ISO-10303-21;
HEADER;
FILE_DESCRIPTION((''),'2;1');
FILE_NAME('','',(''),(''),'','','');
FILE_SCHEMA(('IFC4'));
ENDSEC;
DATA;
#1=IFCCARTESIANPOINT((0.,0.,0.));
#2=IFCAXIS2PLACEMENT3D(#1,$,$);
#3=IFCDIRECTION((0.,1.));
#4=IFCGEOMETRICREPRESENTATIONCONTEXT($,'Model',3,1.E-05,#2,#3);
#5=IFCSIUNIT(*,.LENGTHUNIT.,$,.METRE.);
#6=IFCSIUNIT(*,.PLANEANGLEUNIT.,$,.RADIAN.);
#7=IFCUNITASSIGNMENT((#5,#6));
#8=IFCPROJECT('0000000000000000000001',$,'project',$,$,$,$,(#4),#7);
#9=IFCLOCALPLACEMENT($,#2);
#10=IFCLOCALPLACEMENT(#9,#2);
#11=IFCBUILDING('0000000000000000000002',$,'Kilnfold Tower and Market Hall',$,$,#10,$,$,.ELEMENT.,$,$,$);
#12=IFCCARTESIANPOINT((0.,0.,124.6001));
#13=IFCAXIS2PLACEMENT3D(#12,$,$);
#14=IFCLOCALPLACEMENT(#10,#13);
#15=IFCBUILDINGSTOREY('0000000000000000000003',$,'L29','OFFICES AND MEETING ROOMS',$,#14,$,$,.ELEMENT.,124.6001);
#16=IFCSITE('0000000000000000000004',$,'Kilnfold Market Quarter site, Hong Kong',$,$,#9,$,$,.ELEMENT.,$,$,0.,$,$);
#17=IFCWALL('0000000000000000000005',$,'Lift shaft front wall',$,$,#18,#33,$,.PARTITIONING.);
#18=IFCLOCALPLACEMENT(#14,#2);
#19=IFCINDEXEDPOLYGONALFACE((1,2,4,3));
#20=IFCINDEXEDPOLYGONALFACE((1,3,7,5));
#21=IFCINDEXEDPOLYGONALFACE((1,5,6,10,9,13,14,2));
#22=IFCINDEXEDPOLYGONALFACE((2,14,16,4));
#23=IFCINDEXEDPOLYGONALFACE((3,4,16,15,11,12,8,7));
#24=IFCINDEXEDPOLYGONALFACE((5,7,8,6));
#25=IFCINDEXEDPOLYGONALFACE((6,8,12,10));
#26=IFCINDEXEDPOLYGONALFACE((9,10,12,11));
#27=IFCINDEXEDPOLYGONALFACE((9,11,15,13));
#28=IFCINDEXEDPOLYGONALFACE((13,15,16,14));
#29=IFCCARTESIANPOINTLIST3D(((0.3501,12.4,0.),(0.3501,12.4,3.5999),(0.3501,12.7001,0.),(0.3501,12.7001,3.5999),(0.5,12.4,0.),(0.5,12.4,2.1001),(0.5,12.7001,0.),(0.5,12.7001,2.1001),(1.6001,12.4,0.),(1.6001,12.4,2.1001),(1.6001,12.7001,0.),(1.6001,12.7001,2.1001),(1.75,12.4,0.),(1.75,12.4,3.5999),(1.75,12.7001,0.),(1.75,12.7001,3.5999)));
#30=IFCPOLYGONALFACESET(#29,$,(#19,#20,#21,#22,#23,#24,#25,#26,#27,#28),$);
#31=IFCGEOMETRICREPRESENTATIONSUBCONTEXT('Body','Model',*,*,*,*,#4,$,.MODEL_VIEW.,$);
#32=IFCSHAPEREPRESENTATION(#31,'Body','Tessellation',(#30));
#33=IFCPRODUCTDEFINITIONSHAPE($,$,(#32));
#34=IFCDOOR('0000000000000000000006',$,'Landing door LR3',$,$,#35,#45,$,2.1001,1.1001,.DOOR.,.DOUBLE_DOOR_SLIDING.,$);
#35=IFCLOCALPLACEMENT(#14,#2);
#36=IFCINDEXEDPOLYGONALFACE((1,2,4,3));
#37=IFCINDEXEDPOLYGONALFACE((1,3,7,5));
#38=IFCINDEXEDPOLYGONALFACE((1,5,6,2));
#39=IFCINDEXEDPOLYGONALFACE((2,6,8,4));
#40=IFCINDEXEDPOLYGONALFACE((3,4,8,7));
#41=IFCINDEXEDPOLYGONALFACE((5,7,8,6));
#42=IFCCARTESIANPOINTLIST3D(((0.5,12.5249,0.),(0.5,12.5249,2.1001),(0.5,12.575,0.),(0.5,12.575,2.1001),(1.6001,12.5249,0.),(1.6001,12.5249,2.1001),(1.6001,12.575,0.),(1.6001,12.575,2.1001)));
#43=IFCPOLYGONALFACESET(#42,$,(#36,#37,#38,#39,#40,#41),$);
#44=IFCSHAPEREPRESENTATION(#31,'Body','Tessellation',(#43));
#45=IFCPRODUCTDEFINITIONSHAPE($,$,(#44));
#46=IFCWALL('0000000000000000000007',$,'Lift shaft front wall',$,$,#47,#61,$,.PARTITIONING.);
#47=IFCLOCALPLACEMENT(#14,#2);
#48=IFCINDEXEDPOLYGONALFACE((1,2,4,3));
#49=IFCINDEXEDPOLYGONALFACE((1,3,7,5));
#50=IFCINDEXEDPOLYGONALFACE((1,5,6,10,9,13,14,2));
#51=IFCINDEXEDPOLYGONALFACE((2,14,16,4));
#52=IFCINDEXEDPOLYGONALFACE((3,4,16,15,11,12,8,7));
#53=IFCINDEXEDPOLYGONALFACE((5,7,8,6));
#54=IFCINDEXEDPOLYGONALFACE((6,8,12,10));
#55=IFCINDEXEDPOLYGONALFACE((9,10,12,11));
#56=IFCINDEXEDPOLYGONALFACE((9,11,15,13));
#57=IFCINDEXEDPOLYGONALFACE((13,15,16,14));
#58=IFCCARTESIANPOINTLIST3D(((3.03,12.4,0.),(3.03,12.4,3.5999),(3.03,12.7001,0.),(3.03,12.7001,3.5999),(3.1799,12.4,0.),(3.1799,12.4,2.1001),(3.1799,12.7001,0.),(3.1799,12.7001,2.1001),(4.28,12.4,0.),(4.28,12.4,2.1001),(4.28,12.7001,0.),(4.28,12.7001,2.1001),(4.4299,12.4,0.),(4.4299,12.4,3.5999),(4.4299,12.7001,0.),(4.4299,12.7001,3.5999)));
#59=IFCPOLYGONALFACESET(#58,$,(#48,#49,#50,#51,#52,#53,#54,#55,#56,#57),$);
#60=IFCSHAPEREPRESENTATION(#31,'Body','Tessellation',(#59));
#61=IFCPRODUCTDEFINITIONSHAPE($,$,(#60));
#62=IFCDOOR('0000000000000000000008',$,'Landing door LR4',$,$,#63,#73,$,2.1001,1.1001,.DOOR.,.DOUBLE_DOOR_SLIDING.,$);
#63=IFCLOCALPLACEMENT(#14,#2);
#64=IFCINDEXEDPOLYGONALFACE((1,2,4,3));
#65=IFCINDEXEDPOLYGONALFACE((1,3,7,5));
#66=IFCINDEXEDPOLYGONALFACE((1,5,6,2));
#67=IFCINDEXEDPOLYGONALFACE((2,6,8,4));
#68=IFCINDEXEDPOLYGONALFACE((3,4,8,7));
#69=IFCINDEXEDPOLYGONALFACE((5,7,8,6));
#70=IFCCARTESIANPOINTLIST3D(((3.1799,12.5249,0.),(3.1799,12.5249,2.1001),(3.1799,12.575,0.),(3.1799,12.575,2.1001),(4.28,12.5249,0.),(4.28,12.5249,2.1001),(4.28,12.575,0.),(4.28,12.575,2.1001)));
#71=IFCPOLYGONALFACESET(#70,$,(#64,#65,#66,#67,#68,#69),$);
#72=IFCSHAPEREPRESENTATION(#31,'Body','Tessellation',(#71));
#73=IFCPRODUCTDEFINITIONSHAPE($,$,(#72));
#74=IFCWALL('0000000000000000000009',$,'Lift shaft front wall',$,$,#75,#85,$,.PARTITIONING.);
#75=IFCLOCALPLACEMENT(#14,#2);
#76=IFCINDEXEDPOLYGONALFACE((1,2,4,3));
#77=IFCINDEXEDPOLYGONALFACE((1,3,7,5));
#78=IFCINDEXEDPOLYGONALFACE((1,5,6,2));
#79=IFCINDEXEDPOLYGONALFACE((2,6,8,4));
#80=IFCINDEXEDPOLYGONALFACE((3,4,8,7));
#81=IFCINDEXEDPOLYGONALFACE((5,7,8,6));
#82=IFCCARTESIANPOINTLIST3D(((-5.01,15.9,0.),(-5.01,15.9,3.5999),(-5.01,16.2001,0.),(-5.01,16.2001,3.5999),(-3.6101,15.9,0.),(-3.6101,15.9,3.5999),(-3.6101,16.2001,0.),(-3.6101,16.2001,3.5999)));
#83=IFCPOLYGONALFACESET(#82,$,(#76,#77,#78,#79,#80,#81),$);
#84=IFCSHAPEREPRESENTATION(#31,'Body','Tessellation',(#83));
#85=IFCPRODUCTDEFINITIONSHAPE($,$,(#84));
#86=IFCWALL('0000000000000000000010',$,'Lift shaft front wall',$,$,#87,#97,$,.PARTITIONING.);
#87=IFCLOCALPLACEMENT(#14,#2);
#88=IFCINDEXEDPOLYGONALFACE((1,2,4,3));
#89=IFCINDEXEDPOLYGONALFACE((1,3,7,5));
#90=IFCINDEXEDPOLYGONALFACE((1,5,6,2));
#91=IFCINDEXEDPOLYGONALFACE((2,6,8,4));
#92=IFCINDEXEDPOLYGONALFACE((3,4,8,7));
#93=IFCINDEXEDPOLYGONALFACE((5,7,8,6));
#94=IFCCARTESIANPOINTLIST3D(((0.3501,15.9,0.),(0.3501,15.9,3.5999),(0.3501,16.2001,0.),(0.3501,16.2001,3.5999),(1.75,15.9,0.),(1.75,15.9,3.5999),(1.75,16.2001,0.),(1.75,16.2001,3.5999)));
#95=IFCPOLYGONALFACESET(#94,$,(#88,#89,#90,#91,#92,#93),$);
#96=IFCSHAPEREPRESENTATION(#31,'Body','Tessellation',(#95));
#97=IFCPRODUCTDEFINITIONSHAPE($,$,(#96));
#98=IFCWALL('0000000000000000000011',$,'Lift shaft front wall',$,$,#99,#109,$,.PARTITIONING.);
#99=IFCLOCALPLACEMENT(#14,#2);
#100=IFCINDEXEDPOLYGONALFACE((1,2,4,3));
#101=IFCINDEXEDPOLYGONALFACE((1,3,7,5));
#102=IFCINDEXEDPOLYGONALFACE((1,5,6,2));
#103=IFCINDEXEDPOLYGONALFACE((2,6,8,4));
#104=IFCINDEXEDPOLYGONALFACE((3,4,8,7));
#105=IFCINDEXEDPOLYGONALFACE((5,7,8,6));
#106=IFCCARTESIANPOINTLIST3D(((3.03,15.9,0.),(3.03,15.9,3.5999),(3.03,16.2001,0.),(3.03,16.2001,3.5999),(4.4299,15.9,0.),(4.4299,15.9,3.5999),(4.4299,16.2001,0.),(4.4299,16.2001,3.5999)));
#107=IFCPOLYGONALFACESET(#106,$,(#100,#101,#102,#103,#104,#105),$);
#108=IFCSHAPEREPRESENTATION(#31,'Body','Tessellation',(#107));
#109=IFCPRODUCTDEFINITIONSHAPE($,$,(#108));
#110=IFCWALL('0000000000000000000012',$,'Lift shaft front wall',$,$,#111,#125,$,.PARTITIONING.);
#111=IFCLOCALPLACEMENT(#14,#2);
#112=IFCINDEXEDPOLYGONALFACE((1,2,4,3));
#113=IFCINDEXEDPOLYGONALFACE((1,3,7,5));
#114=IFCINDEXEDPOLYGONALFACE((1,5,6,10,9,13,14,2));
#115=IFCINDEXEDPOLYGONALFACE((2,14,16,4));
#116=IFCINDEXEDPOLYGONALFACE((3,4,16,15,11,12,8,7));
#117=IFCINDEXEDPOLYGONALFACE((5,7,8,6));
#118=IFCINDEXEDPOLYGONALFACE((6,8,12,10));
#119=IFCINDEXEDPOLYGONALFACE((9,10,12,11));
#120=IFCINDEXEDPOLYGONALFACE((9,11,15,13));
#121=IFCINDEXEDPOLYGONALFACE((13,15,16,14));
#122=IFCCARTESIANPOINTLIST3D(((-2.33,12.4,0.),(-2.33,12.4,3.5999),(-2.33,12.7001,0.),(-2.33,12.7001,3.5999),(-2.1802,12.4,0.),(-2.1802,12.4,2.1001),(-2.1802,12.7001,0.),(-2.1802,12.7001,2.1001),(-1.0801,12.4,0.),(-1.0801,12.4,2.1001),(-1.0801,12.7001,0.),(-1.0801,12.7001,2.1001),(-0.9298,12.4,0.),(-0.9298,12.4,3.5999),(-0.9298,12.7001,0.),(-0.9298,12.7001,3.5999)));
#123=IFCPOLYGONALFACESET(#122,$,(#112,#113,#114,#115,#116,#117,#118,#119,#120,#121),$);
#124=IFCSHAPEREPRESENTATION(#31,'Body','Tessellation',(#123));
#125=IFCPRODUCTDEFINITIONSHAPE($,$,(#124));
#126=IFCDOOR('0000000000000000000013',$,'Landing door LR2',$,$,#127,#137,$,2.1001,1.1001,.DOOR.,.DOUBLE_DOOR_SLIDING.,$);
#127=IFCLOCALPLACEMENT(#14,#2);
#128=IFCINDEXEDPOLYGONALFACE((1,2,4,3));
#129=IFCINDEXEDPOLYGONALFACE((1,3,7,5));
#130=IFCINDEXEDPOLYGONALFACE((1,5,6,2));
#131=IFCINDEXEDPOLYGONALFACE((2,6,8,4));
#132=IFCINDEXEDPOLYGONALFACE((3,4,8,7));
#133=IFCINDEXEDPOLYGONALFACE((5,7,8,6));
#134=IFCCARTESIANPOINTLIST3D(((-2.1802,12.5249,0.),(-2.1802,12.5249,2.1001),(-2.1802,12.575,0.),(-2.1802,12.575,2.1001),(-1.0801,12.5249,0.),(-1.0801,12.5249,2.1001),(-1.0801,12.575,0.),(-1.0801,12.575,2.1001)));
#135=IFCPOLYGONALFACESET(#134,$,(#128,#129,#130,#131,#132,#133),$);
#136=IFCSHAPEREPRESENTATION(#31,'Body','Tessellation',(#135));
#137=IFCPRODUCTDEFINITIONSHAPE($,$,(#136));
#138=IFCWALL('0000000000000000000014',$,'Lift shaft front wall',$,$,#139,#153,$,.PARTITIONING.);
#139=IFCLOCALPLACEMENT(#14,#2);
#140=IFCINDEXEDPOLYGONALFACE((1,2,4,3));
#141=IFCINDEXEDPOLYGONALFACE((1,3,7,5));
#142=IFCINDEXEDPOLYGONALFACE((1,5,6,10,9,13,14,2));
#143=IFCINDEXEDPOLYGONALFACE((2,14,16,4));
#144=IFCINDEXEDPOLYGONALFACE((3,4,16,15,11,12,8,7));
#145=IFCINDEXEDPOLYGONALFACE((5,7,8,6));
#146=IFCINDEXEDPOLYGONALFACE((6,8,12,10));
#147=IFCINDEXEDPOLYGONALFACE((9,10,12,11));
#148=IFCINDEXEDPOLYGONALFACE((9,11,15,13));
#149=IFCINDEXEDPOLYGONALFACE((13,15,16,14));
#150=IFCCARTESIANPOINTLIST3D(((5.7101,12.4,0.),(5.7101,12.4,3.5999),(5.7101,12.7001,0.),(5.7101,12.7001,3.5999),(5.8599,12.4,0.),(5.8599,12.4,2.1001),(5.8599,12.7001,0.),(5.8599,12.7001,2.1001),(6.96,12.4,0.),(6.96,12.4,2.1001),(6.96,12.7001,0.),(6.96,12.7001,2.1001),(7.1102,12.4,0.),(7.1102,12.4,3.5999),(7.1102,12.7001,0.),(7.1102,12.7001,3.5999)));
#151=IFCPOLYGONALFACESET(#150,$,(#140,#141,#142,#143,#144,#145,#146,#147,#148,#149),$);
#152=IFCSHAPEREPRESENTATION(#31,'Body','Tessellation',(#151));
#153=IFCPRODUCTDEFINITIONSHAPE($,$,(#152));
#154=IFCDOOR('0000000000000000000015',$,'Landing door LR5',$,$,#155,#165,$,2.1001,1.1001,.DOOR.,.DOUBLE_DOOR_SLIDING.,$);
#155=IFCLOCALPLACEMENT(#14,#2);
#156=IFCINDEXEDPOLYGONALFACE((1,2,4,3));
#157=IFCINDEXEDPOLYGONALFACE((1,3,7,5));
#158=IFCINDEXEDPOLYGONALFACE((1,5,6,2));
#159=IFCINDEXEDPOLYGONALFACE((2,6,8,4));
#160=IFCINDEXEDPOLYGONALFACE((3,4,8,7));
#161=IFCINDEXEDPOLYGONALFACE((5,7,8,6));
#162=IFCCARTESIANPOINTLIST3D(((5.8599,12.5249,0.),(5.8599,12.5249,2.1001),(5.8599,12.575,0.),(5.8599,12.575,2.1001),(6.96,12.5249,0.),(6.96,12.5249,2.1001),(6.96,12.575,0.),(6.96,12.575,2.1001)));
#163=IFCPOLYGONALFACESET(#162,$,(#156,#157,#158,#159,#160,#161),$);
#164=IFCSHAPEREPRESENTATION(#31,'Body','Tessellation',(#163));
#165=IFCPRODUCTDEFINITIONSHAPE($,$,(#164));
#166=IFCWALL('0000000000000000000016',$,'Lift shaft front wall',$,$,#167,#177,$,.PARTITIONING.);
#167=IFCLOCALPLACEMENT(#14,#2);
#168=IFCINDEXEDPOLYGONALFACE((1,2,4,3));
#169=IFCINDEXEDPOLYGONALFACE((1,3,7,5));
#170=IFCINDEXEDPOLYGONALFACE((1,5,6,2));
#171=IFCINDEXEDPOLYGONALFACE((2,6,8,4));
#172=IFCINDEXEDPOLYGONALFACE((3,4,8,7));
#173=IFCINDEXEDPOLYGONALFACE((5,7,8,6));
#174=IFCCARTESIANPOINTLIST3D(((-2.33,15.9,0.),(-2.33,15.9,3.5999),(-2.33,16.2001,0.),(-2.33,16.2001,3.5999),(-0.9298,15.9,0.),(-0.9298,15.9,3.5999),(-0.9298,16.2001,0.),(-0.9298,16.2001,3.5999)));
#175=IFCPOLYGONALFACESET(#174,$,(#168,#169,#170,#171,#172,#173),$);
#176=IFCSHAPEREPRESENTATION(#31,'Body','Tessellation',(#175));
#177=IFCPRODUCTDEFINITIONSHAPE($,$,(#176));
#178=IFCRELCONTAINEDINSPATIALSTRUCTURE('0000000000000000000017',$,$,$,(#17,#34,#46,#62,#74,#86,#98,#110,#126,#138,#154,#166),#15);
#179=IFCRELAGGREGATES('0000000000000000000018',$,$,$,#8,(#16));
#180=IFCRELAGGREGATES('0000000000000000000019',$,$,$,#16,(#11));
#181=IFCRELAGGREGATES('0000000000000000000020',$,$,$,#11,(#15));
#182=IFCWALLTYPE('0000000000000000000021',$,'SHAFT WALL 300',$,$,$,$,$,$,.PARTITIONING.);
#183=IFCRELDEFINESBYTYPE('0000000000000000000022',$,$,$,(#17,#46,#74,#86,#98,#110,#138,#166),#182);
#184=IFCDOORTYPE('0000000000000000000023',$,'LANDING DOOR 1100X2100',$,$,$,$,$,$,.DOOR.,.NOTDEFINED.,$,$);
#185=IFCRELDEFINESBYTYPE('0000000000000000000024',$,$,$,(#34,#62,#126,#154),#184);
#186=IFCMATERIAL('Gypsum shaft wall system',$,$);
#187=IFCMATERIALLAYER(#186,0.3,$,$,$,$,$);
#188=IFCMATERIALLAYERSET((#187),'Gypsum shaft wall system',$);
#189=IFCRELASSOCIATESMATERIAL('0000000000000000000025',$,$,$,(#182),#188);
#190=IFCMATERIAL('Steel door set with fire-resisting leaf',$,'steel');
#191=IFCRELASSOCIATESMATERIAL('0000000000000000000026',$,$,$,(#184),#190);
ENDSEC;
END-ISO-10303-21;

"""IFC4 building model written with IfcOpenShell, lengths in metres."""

from ifc_helpers import new_model, si_unit, direction, frame, frame_2d, origin, place, context, subcontext, project, spatial, rectangle, extrude, source, transform, mapped, material, layer, layer_set, type_object, element, fill, save


model = new_model("IFC4")

# Units and contexts
model_context = context("Model", 3, precision=1e-05, world=origin(), true_north=direction((0.0, 1.0)))
body_context = subcontext(model_context, "Body", "Model", "MODEL_VIEW")
ifc_project = project(units=[si_unit("LENGTHUNIT", "METRE"), si_unit("PLANEANGLEUNIT", "RADIAN")], contexts=[model_context])

# Site, building, storey
site_placement = place(None, origin())
site = spatial("IfcSite", under=ifc_project, at=site_placement, Name="Kilnfold Market Quarter site, Hong Kong", CompositionType="ELEMENT", RefElevation=0.0)
building_placement = place(site_placement, origin())
building = spatial("IfcBuilding", under=site, at=building_placement, Name="Kilnfold Tower and Market Hall", CompositionType="ELEMENT")
storey_placement = place(building_placement, frame((0.0, 0.0, 124.6001)))
storey = spatial("IfcBuildingStorey", under=building, at=storey_placement, Name="L29", Description="OFFICES AND MEETING ROOMS", CompositionType="ELEMENT", Elevation=124.6001)

# Walls, openings, doors
ifc_material_1 = material(Name="Gypsum shaft wall system")
ifc_layer_1 = layer(ifc_material_1, 0.3)
ifc_layer_set_1 = layer_set([ifc_layer_1], Name="Gypsum shaft wall system")
wall_type_1 = type_object("IfcWallType", Name="SHAFT WALL 300", PredefinedType="PARTITIONING", material=ifc_layer_set_1)
shared_shape_1 = source(origin(), body_context, "Body", "SweptSolid", [
    extrude(rectangle(XDim=1.3999, YDim=0.3, at=frame_2d((0.7, 0.0))), origin(), (0.0, 0.0, 1.0), 3.5999),
])
ifc_material_2 = material(Name="Steel door set with fire-resisting leaf", Category="steel")
door_type_1 = type_object("IfcDoorType", Name="LANDING DOOR 1100X2100", OperationType="NOTDEFINED", PredefinedType="DOOR", material=ifc_material_2)
wall_1_placement = place(storey_placement, frame((0.3501, 12.55, 0.0), z_axis=(0.0, 0.0, 1.0), x_axis=(1.0, 0.0, 0.0)))
wall_1 = element("IfcWall", 1, at=wall_1_placement, inside=storey, type_object=wall_type_1, Name="Lift shaft front wall", PredefinedType="PARTITIONING", context=body_context, shape_type="MappedRepresentation", body=[
    mapped(shared_shape_1, transform((0.0, 0.0, 0.0))),
])
opening_1_placement = place(wall_1_placement, frame((0.1499, 0.0, 0.0)))
opening_1 = element("IfcOpeningElement", 2, at=opening_1_placement, cuts=wall_1, PredefinedType="OPENING", context=body_context, shape_type="SweptSolid", body=[
    extrude(rectangle(XDim=1.1001, YDim=2.1001, at=frame_2d((0.55, 1.05))), frame((0.0, 0.1602, 0.0), z_axis=(0.0, -1.0, 0.0), x_axis=(1.0, 0.0, 0.0)), (0.0, 0.0, 1.0), 0.3201),
])
door_1_placement = place(opening_1_placement, origin())
door_1 = element("IfcDoor", 3, at=door_1_placement, inside=storey, type_object=door_type_1, Name="Landing door LR3", OperationType="DOUBLE_DOOR_SLIDING", OverallHeight=2.1001, OverallWidth=1.1001, PredefinedType="DOOR", context=body_context, shape_type="SweptSolid", body=[
    extrude(rectangle(XDim=1.1001, YDim=2.1001, at=frame_2d((0.55, 1.05))), frame((0.0, 0.0249, 0.0), z_axis=(0.0, -1.0, 0.0), x_axis=(1.0, 0.0, 0.0)), (0.0, 0.0, 1.0), 0.05),
])
fill(opening_1, door_1)
wall_2_placement = place(storey_placement, frame((3.03, 12.55, 0.0), z_axis=(0.0, 0.0, 1.0), x_axis=(1.0, 0.0, 0.0)))
wall_2 = element("IfcWall", 4, at=wall_2_placement, inside=storey, type_object=wall_type_1, Name="Lift shaft front wall", PredefinedType="PARTITIONING", context=body_context, shape_type="MappedRepresentation", body=[
    mapped(shared_shape_1, transform((0.0, 0.0, 0.0))),
])
opening_2_placement = place(wall_2_placement, frame((0.1499, 0.0, 0.0)))
opening_2 = element("IfcOpeningElement", 5, at=opening_2_placement, cuts=wall_2, PredefinedType="OPENING", context=body_context, shape_type="SweptSolid", body=[
    extrude(rectangle(XDim=1.1001, YDim=2.1001, at=frame_2d((0.55, 1.05))), frame((0.0, 0.1602, 0.0), z_axis=(0.0, -1.0, 0.0), x_axis=(1.0, 0.0, 0.0)), (0.0, 0.0, 1.0), 0.3201),
])
door_2_placement = place(opening_2_placement, origin())
door_2 = element("IfcDoor", 6, at=door_2_placement, inside=storey, type_object=door_type_1, Name="Landing door LR4", OperationType="DOUBLE_DOOR_SLIDING", OverallHeight=2.1001, OverallWidth=1.1001, PredefinedType="DOOR", context=body_context, shape_type="SweptSolid", body=[
    extrude(rectangle(XDim=1.1001, YDim=2.1001, at=frame_2d((0.55, 1.05))), frame((0.0, 0.0249, 0.0), z_axis=(0.0, -1.0, 0.0), x_axis=(1.0, 0.0, 0.0)), (0.0, 0.0, 1.0), 0.05),
])
fill(opening_2, door_2)

# Walls
for number, where, z_axis, x_axis, name in (
    (7, (-5.01, 16.05, 0.0), (0.0, 0.0, 1.0), (1.0, 0.0, 0.0), "Lift shaft front wall"),
    (8, (0.3501, 16.05, 0.0), (0.0, 0.0, 1.0), (1.0, 0.0, 0.0), "Lift shaft front wall"),
    (9, (3.03, 16.05, 0.0), (0.0, 0.0, 1.0), (1.0, 0.0, 0.0), "Lift shaft front wall"),
):
    element("IfcWall", number, at=place(storey_placement, frame(where, z_axis=z_axis, x_axis=x_axis)), inside=storey, type_object=wall_type_1, Name=name, PredefinedType="PARTITIONING", context=body_context, shape_type="MappedRepresentation", body=[
        mapped(shared_shape_1, transform((0.0, 0.0, 0.0))),
    ])

# Walls, openings, doors
shared_shape_2 = source(origin(), body_context, "Body", "SweptSolid", [
    extrude(rectangle(XDim=1.4001, YDim=0.3, at=frame_2d((0.7002, 0.0))), origin(), (0.0, 0.0, 1.0), 3.5999),
])
wall_3_placement = place(storey_placement, frame((-2.3301, 12.55, 0.0), z_axis=(0.0, 0.0, 1.0), x_axis=(1.0, 0.0, 0.0)))
wall_3 = element("IfcWall", 10, at=wall_3_placement, inside=storey, type_object=wall_type_1, Name="Lift shaft front wall", PredefinedType="PARTITIONING", context=body_context, shape_type="MappedRepresentation", body=[
    mapped(shared_shape_2, transform((0.0, 0.0, 0.0))),
])
opening_3_placement = place(wall_3_placement, frame((0.1499, 0.0, 0.0)))
opening_3 = element("IfcOpeningElement", 11, at=opening_3_placement, cuts=wall_3, PredefinedType="OPENING", context=body_context, shape_type="SweptSolid", body=[
    extrude(rectangle(XDim=1.1001, YDim=2.1001, at=frame_2d((0.55, 1.05))), frame((0.0, 0.1602, 0.0), z_axis=(0.0, -1.0, 0.0), x_axis=(1.0, 0.0, 0.0)), (0.0, 0.0, 1.0), 0.3201),
])
door_3_placement = place(opening_3_placement, origin())
door_3 = element("IfcDoor", 12, at=door_3_placement, inside=storey, type_object=door_type_1, Name="Landing door LR2", OperationType="DOUBLE_DOOR_SLIDING", OverallHeight=2.1001, OverallWidth=1.1001, PredefinedType="DOOR", context=body_context, shape_type="SweptSolid", body=[
    extrude(rectangle(XDim=1.1001, YDim=2.1001, at=frame_2d((0.55, 1.05))), frame((0.0, 0.0249, 0.0), z_axis=(0.0, -1.0, 0.0), x_axis=(1.0, 0.0, 0.0)), (0.0, 0.0, 1.0), 0.05),
])
fill(opening_3, door_3)
wall_4_placement = place(storey_placement, frame((5.71, 12.55, 0.0), z_axis=(0.0, 0.0, 1.0), x_axis=(1.0, 0.0, 0.0)))
wall_4 = element("IfcWall", 13, at=wall_4_placement, inside=storey, type_object=wall_type_1, Name="Lift shaft front wall", PredefinedType="PARTITIONING", context=body_context, shape_type="MappedRepresentation", body=[
    mapped(shared_shape_2, transform((0.0, 0.0, 0.0))),
])
opening_4_placement = place(wall_4_placement, frame((0.1499, 0.0, 0.0)))
opening_4 = element("IfcOpeningElement", 14, at=opening_4_placement, cuts=wall_4, PredefinedType="OPENING", context=body_context, shape_type="SweptSolid", body=[
    extrude(rectangle(XDim=1.1001, YDim=2.1001, at=frame_2d((0.55, 1.05))), frame((0.0, 0.1602, 0.0), z_axis=(0.0, -1.0, 0.0), x_axis=(1.0, 0.0, 0.0)), (0.0, 0.0, 1.0), 0.3201),
])
door_4_placement = place(opening_4_placement, origin())
door_4 = element("IfcDoor", 15, at=door_4_placement, inside=storey, type_object=door_type_1, Name="Landing door LR5", OperationType="DOUBLE_DOOR_SLIDING", OverallHeight=2.1001, OverallWidth=1.1001, PredefinedType="DOOR", context=body_context, shape_type="SweptSolid", body=[
    extrude(rectangle(XDim=1.1001, YDim=2.1001, at=frame_2d((0.55, 1.05))), frame((0.0, 0.0249, 0.0), z_axis=(0.0, -1.0, 0.0), x_axis=(1.0, 0.0, 0.0)), (0.0, 0.0, 1.0), 0.05),
])
fill(opening_4, door_4)

# Wall
wall_5_placement = place(storey_placement, frame((-2.3301, 16.05, 0.0), z_axis=(0.0, 0.0, 1.0), x_axis=(1.0, 0.0, 0.0)))
element("IfcWall", 16, at=wall_5_placement, inside=storey, type_object=wall_type_1, Name="Lift shaft front wall", PredefinedType="PARTITIONING", context=body_context, shape_type="MappedRepresentation", body=[
    mapped(shared_shape_2, transform((0.0, 0.0, 0.0))),
])

save(model, "model.ifc")
